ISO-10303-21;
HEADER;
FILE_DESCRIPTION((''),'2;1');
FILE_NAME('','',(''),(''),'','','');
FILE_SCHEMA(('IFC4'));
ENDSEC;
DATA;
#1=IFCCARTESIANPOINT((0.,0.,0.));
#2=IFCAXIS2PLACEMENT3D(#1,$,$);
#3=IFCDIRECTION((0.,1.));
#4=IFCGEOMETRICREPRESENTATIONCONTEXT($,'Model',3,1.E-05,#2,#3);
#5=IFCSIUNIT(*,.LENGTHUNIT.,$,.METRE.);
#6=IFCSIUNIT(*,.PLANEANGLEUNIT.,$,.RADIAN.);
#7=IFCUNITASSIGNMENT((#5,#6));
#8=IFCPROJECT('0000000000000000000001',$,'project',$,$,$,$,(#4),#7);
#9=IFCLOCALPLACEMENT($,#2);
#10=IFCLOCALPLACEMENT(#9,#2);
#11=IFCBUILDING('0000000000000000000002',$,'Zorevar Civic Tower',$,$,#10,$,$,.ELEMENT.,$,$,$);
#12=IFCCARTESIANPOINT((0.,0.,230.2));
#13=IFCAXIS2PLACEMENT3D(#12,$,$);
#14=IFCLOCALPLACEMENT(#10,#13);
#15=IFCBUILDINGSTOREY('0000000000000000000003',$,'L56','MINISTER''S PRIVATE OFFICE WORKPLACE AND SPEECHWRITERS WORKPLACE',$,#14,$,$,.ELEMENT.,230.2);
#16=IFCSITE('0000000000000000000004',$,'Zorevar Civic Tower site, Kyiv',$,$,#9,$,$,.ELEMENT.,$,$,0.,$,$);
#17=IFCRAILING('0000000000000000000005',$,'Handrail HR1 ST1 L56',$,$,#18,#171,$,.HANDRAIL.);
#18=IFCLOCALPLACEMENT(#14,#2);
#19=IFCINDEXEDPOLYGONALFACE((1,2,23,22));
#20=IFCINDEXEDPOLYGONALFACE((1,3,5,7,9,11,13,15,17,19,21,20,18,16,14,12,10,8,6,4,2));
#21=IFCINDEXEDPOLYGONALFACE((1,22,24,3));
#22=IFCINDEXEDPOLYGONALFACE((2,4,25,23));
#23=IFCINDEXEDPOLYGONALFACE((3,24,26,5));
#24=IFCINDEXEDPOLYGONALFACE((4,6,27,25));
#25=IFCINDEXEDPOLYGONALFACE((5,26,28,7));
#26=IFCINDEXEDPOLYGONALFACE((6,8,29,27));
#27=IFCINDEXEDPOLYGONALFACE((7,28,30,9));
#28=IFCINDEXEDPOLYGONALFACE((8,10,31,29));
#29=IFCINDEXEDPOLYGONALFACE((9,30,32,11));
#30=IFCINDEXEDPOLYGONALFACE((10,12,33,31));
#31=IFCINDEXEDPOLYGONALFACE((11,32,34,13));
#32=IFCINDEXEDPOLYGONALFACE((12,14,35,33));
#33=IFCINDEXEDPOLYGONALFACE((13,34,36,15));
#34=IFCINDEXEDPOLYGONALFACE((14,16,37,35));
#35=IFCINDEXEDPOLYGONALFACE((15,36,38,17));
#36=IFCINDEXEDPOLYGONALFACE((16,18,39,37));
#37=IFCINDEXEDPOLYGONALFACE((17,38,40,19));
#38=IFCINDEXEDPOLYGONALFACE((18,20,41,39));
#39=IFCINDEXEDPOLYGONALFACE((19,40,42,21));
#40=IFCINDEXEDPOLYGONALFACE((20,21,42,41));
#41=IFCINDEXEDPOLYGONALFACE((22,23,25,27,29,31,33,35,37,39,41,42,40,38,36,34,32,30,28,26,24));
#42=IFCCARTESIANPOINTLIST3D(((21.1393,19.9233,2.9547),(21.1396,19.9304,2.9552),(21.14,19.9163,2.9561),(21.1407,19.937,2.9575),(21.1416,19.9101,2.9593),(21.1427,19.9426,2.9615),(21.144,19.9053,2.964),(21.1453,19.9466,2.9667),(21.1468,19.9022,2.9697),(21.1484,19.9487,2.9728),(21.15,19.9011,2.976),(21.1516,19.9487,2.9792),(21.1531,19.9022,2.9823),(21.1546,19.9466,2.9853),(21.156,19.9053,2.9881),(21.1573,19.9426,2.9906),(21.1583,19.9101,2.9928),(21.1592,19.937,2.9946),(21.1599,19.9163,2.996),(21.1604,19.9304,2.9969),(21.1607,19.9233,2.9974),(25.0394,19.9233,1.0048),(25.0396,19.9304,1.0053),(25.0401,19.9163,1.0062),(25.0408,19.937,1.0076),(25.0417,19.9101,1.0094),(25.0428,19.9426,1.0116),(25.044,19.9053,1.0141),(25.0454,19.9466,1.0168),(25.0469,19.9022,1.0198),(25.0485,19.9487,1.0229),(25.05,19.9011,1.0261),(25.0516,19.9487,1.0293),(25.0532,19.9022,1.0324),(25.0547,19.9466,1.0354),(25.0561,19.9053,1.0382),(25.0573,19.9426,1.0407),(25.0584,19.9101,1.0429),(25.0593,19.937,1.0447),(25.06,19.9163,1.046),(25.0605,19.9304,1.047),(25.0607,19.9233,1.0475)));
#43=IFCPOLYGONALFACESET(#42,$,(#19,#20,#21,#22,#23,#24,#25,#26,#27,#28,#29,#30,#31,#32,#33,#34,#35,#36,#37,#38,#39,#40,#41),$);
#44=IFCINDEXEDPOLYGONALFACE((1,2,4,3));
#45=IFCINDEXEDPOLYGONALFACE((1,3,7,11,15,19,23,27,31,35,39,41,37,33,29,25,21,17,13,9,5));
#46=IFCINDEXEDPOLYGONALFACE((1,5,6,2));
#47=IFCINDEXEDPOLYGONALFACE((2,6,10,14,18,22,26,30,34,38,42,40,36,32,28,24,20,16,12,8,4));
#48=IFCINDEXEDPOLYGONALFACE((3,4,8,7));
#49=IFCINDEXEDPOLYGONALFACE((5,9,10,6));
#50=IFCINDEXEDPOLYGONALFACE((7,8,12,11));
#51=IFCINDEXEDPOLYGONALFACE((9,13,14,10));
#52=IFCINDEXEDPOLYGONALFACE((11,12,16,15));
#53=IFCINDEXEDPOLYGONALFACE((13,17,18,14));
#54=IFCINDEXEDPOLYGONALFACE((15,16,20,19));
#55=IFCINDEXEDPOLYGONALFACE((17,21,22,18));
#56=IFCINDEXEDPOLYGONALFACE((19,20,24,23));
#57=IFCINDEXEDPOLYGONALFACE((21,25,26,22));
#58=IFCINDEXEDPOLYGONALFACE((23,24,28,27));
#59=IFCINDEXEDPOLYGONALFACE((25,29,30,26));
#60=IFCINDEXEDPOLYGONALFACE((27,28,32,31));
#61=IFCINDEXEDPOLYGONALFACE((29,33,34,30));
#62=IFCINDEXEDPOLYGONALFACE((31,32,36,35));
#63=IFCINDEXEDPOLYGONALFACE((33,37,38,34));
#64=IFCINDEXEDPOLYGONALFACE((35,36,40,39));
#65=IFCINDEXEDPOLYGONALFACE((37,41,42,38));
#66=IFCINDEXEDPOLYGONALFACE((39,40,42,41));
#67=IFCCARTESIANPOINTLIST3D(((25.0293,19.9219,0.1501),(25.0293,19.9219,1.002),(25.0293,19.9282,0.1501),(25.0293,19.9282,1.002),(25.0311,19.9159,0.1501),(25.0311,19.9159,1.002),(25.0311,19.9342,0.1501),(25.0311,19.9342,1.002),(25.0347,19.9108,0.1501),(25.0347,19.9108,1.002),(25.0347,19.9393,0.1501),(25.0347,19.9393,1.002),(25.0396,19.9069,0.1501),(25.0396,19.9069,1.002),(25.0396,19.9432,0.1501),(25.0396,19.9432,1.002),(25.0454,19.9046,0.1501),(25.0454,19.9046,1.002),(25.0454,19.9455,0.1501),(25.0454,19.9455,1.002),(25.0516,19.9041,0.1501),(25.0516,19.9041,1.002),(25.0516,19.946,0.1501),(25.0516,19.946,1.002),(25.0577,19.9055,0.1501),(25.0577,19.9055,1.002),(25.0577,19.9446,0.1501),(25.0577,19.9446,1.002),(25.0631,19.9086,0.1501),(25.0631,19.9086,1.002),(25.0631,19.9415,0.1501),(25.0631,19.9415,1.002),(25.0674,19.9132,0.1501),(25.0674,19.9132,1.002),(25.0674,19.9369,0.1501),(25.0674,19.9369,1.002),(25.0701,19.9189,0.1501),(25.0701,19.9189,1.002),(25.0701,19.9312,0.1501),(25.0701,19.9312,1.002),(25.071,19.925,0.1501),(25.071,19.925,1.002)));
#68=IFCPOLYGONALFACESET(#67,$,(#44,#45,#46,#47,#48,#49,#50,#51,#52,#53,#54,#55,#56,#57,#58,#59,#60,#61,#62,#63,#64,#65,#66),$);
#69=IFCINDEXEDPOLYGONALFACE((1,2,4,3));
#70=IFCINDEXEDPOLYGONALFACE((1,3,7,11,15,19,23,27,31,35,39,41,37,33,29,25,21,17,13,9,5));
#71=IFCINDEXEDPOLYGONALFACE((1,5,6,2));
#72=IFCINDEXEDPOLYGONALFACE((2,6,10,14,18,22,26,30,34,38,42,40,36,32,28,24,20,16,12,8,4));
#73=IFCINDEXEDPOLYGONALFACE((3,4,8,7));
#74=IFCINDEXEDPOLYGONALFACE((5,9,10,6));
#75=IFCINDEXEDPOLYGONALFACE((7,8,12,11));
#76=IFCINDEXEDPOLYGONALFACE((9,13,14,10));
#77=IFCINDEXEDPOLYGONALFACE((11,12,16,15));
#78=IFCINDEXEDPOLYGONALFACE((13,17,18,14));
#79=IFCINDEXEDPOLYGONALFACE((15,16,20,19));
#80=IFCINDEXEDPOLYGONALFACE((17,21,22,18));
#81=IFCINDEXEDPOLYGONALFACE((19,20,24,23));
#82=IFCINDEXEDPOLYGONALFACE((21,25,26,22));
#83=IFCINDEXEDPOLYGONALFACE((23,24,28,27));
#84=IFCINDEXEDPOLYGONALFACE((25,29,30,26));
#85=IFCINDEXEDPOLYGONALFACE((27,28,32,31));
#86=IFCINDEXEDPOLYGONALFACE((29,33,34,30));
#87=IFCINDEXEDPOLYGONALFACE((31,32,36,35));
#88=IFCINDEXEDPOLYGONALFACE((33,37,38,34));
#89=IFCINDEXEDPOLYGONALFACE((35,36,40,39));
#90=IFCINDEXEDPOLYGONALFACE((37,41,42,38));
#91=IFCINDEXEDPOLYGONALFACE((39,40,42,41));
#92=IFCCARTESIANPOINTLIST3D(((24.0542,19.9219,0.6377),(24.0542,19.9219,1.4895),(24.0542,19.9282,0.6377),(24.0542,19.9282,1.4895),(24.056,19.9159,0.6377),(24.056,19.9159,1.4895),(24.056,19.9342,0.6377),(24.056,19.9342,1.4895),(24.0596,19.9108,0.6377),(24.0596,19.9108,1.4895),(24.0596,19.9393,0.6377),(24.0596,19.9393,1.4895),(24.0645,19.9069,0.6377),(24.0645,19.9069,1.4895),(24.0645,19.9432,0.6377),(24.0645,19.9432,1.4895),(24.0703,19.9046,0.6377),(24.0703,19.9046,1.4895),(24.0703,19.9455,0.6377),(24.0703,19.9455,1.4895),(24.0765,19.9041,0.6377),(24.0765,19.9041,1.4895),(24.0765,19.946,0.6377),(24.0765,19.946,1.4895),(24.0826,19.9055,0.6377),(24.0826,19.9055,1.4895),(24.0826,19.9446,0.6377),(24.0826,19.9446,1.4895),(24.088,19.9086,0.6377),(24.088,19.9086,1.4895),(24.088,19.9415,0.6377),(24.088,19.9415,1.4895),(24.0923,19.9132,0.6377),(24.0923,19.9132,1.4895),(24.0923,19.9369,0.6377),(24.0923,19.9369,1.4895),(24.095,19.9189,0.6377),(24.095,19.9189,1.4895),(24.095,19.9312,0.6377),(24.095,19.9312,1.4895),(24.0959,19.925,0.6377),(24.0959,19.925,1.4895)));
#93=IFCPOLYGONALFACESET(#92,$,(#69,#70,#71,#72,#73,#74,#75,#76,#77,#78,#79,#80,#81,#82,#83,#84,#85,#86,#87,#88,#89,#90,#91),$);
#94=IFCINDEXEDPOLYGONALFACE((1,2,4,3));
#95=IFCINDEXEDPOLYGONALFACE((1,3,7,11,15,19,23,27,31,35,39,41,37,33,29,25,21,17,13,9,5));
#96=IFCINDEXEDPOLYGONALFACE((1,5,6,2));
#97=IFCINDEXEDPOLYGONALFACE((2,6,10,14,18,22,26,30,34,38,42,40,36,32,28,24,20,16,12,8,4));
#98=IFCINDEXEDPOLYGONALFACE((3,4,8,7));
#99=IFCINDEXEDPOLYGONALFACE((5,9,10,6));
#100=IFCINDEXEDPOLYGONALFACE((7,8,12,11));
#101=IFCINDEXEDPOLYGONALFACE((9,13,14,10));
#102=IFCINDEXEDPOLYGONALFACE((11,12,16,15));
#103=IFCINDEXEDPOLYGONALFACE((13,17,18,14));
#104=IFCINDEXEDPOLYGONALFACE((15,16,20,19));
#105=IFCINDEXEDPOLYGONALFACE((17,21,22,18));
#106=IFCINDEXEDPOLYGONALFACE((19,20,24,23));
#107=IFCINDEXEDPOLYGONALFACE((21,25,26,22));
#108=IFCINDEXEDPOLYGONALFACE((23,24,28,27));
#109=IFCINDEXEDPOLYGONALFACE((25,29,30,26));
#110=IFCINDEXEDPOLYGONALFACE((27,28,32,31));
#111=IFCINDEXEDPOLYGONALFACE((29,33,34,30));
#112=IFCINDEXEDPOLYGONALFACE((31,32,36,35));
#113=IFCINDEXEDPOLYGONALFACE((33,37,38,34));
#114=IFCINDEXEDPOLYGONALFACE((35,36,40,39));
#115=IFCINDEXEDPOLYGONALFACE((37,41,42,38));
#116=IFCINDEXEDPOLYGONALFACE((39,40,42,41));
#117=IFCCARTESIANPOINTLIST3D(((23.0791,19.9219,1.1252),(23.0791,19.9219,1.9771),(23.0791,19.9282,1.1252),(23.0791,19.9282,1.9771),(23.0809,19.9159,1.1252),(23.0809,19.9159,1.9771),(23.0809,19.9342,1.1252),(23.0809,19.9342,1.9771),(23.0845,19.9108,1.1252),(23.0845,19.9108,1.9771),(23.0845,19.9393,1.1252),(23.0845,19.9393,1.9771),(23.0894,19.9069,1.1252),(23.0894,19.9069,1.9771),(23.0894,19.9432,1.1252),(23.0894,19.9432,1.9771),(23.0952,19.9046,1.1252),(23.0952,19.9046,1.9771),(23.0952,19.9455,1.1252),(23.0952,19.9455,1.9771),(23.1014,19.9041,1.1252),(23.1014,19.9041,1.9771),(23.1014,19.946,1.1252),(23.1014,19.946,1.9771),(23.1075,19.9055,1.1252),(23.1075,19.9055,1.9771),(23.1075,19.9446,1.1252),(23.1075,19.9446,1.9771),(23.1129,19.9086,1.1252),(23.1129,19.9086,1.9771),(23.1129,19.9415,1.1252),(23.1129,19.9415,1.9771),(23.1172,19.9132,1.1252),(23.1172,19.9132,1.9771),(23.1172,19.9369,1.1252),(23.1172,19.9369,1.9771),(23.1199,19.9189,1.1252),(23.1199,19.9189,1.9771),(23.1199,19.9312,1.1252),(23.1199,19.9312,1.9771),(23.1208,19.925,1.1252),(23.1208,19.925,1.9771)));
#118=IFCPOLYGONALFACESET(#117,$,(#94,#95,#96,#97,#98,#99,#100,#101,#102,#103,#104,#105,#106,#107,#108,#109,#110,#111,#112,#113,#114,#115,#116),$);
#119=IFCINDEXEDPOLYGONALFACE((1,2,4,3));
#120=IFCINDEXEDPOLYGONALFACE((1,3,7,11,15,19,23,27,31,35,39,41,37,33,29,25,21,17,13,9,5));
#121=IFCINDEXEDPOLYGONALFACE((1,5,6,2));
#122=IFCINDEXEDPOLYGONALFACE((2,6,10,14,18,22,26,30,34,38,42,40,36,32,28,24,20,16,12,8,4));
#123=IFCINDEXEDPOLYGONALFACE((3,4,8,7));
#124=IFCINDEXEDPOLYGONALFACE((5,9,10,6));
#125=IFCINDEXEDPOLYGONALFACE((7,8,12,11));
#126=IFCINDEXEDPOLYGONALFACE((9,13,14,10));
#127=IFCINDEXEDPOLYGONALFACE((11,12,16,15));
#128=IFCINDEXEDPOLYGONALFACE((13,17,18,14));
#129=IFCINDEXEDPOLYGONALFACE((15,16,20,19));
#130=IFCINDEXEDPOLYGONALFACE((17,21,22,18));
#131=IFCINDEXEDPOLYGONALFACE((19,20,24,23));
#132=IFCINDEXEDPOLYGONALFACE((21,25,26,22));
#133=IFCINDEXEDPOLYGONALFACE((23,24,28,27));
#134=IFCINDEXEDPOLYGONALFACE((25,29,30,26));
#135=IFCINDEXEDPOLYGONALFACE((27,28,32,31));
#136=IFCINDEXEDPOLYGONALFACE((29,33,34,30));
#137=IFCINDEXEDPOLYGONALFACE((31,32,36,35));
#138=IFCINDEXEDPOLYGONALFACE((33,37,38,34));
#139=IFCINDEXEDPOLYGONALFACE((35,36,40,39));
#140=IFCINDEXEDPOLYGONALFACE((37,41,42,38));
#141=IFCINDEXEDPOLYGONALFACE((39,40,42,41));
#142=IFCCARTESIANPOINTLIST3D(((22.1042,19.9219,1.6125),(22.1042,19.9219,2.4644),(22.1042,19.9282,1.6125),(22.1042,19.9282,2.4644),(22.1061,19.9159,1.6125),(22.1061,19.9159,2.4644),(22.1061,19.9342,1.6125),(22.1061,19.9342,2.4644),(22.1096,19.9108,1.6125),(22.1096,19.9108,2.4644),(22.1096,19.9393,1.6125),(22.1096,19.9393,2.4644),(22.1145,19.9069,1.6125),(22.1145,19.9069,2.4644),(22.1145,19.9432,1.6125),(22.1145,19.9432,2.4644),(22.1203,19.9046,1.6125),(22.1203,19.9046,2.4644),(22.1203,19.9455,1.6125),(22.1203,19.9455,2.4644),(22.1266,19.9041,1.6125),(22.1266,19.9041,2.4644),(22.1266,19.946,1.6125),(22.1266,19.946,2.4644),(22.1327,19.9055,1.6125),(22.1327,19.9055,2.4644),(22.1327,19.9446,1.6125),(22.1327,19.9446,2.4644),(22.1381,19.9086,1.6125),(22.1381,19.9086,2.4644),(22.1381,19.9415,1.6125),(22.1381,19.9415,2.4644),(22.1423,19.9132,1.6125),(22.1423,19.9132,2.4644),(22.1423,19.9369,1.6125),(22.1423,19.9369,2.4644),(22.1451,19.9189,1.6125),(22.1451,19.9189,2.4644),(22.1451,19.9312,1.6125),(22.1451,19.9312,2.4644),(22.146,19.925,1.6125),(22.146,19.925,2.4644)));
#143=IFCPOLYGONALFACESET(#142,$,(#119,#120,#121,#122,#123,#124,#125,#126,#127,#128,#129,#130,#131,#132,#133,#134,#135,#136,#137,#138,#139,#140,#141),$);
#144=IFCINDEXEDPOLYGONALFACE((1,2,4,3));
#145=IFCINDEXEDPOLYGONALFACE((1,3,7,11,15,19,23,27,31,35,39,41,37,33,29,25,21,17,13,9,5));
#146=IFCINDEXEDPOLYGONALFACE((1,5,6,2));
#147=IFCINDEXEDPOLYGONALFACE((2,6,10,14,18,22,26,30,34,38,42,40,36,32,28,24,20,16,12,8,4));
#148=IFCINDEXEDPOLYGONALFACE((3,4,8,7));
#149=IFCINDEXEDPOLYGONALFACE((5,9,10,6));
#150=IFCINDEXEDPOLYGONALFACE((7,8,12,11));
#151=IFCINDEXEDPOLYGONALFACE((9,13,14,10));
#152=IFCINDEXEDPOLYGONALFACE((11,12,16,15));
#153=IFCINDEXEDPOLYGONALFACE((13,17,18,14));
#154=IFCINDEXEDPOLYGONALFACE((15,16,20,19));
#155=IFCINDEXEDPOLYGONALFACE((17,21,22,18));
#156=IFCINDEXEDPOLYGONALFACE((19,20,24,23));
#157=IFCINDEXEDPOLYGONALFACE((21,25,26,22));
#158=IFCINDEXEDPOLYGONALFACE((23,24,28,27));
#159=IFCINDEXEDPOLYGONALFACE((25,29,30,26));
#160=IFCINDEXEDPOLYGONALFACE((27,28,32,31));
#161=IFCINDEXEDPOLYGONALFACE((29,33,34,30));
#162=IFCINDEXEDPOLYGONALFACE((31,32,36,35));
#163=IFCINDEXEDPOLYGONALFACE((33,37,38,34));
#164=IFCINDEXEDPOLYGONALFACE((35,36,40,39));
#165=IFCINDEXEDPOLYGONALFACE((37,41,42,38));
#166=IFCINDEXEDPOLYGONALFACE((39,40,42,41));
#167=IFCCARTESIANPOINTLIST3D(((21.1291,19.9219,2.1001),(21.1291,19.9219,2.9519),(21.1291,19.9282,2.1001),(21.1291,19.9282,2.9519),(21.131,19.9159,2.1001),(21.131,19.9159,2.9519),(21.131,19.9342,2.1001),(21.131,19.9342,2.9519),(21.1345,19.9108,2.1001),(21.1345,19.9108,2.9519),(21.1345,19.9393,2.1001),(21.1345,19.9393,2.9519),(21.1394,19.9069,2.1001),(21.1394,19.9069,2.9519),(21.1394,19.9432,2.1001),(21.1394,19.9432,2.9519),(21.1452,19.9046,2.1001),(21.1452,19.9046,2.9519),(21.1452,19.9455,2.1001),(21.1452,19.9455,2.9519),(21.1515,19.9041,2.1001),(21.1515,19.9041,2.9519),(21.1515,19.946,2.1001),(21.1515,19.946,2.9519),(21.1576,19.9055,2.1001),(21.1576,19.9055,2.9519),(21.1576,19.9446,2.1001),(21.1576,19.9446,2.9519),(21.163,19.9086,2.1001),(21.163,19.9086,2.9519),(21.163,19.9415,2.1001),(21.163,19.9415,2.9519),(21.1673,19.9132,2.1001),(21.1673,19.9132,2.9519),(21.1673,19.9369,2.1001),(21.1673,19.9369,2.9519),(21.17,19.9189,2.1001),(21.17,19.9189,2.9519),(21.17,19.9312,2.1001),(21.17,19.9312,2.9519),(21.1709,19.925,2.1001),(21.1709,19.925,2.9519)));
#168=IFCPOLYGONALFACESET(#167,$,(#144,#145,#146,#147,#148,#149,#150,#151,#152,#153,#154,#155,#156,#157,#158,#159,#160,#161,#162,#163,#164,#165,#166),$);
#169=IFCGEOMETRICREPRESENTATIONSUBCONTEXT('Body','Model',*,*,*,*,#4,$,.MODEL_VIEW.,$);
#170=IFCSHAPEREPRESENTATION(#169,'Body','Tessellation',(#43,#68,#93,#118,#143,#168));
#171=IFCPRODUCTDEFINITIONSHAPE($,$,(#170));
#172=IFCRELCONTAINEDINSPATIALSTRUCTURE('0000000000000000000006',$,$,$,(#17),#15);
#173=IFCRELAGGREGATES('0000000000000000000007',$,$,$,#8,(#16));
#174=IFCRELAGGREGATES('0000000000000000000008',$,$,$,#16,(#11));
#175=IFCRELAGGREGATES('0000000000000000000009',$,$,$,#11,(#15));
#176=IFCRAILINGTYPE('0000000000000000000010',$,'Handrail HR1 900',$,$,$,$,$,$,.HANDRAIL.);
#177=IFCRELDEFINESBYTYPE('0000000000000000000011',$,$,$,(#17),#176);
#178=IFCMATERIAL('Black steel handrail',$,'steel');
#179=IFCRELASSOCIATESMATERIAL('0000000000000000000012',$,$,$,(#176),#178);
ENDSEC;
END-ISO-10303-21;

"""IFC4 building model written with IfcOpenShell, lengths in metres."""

from ifc_helpers import new_model, si_unit, direction, frame, origin, origin_2d, place, context, subcontext, project, spatial, circle, extrude, material, type_object, element, save


model = new_model("IFC4")

# Units and contexts
model_context = context("Model", 3, precision=1e-05, world=origin(), true_north=direction((0.0, 1.0)))
body_context = subcontext(model_context, "Body", "Model", "MODEL_VIEW")
ifc_project = project(units=[si_unit("LENGTHUNIT", "METRE"), si_unit("PLANEANGLEUNIT", "RADIAN")], contexts=[model_context])

# Site, building, storey
site_placement = place(None, origin())
site = spatial("IfcSite", under=ifc_project, at=site_placement, Name="Zorevar Civic Tower site, Kyiv", CompositionType="ELEMENT", RefElevation=0.0)
building_placement = place(site_placement, origin())
building = spatial("IfcBuilding", under=site, at=building_placement, Name="Zorevar Civic Tower", CompositionType="ELEMENT")
storey_placement = place(building_placement, frame((0.0, 0.0, 230.2)))
storey = spatial("IfcBuildingStorey", under=building, at=storey_placement, Name="L56", Description="MINISTER'S PRIVATE OFFICE WORKPLACE AND SPEECHWRITERS WORKPLACE", CompositionType="ELEMENT", Elevation=230.2)

# Railing
ifc_material_1 = material(Name="Black steel handrail", Category="steel")
railing_type = type_object("IfcRailingType", Name="Handrail HR1 900", PredefinedType="HANDRAIL", material=ifc_material_1)
railing_1_placement = place(storey_placement, frame((25.05, 19.925, 0.1501)))
element("IfcRailing", 1, at=railing_1_placement, inside=storey, type_object=railing_type, Name="Handrail HR1 ST1 L56", PredefinedType="HANDRAIL", context=body_context, shape_type="SweptSolid", body=[
    extrude(circle(Radius=0.0239, at=origin_2d()), frame((0.0, 0.0, 0.876), z_axis=(-0.894438, 0.0, 0.447191), x_axis=(0.0, -1.0, 0.0)), (0.0, 0.0, 1.0), 4.3604),
    extrude(circle(Radius=0.021, at=origin_2d()), origin(), (0.0, 0.0, 1.0), 0.8518),
    extrude(circle(Radius=0.021, at=origin_2d()), frame((-0.9751, 0.0, 0.4875)), (0.0, 0.0, 1.0), 0.8518),
    extrude(circle(Radius=0.021, at=origin_2d()), frame((-1.9502, 0.0, 0.9751)), (0.0, 0.0, 1.0), 0.8518),
    extrude(circle(Radius=0.021, at=origin_2d()), frame((-2.925, 0.0, 1.4624)), (0.0, 0.0, 1.0), 0.8518),
    extrude(circle(Radius=0.021, at=origin_2d()), frame((-3.9001, 0.0, 1.95)), (0.0, 0.0, 1.0), 0.8518),
])

save(model, "model.ifc")
